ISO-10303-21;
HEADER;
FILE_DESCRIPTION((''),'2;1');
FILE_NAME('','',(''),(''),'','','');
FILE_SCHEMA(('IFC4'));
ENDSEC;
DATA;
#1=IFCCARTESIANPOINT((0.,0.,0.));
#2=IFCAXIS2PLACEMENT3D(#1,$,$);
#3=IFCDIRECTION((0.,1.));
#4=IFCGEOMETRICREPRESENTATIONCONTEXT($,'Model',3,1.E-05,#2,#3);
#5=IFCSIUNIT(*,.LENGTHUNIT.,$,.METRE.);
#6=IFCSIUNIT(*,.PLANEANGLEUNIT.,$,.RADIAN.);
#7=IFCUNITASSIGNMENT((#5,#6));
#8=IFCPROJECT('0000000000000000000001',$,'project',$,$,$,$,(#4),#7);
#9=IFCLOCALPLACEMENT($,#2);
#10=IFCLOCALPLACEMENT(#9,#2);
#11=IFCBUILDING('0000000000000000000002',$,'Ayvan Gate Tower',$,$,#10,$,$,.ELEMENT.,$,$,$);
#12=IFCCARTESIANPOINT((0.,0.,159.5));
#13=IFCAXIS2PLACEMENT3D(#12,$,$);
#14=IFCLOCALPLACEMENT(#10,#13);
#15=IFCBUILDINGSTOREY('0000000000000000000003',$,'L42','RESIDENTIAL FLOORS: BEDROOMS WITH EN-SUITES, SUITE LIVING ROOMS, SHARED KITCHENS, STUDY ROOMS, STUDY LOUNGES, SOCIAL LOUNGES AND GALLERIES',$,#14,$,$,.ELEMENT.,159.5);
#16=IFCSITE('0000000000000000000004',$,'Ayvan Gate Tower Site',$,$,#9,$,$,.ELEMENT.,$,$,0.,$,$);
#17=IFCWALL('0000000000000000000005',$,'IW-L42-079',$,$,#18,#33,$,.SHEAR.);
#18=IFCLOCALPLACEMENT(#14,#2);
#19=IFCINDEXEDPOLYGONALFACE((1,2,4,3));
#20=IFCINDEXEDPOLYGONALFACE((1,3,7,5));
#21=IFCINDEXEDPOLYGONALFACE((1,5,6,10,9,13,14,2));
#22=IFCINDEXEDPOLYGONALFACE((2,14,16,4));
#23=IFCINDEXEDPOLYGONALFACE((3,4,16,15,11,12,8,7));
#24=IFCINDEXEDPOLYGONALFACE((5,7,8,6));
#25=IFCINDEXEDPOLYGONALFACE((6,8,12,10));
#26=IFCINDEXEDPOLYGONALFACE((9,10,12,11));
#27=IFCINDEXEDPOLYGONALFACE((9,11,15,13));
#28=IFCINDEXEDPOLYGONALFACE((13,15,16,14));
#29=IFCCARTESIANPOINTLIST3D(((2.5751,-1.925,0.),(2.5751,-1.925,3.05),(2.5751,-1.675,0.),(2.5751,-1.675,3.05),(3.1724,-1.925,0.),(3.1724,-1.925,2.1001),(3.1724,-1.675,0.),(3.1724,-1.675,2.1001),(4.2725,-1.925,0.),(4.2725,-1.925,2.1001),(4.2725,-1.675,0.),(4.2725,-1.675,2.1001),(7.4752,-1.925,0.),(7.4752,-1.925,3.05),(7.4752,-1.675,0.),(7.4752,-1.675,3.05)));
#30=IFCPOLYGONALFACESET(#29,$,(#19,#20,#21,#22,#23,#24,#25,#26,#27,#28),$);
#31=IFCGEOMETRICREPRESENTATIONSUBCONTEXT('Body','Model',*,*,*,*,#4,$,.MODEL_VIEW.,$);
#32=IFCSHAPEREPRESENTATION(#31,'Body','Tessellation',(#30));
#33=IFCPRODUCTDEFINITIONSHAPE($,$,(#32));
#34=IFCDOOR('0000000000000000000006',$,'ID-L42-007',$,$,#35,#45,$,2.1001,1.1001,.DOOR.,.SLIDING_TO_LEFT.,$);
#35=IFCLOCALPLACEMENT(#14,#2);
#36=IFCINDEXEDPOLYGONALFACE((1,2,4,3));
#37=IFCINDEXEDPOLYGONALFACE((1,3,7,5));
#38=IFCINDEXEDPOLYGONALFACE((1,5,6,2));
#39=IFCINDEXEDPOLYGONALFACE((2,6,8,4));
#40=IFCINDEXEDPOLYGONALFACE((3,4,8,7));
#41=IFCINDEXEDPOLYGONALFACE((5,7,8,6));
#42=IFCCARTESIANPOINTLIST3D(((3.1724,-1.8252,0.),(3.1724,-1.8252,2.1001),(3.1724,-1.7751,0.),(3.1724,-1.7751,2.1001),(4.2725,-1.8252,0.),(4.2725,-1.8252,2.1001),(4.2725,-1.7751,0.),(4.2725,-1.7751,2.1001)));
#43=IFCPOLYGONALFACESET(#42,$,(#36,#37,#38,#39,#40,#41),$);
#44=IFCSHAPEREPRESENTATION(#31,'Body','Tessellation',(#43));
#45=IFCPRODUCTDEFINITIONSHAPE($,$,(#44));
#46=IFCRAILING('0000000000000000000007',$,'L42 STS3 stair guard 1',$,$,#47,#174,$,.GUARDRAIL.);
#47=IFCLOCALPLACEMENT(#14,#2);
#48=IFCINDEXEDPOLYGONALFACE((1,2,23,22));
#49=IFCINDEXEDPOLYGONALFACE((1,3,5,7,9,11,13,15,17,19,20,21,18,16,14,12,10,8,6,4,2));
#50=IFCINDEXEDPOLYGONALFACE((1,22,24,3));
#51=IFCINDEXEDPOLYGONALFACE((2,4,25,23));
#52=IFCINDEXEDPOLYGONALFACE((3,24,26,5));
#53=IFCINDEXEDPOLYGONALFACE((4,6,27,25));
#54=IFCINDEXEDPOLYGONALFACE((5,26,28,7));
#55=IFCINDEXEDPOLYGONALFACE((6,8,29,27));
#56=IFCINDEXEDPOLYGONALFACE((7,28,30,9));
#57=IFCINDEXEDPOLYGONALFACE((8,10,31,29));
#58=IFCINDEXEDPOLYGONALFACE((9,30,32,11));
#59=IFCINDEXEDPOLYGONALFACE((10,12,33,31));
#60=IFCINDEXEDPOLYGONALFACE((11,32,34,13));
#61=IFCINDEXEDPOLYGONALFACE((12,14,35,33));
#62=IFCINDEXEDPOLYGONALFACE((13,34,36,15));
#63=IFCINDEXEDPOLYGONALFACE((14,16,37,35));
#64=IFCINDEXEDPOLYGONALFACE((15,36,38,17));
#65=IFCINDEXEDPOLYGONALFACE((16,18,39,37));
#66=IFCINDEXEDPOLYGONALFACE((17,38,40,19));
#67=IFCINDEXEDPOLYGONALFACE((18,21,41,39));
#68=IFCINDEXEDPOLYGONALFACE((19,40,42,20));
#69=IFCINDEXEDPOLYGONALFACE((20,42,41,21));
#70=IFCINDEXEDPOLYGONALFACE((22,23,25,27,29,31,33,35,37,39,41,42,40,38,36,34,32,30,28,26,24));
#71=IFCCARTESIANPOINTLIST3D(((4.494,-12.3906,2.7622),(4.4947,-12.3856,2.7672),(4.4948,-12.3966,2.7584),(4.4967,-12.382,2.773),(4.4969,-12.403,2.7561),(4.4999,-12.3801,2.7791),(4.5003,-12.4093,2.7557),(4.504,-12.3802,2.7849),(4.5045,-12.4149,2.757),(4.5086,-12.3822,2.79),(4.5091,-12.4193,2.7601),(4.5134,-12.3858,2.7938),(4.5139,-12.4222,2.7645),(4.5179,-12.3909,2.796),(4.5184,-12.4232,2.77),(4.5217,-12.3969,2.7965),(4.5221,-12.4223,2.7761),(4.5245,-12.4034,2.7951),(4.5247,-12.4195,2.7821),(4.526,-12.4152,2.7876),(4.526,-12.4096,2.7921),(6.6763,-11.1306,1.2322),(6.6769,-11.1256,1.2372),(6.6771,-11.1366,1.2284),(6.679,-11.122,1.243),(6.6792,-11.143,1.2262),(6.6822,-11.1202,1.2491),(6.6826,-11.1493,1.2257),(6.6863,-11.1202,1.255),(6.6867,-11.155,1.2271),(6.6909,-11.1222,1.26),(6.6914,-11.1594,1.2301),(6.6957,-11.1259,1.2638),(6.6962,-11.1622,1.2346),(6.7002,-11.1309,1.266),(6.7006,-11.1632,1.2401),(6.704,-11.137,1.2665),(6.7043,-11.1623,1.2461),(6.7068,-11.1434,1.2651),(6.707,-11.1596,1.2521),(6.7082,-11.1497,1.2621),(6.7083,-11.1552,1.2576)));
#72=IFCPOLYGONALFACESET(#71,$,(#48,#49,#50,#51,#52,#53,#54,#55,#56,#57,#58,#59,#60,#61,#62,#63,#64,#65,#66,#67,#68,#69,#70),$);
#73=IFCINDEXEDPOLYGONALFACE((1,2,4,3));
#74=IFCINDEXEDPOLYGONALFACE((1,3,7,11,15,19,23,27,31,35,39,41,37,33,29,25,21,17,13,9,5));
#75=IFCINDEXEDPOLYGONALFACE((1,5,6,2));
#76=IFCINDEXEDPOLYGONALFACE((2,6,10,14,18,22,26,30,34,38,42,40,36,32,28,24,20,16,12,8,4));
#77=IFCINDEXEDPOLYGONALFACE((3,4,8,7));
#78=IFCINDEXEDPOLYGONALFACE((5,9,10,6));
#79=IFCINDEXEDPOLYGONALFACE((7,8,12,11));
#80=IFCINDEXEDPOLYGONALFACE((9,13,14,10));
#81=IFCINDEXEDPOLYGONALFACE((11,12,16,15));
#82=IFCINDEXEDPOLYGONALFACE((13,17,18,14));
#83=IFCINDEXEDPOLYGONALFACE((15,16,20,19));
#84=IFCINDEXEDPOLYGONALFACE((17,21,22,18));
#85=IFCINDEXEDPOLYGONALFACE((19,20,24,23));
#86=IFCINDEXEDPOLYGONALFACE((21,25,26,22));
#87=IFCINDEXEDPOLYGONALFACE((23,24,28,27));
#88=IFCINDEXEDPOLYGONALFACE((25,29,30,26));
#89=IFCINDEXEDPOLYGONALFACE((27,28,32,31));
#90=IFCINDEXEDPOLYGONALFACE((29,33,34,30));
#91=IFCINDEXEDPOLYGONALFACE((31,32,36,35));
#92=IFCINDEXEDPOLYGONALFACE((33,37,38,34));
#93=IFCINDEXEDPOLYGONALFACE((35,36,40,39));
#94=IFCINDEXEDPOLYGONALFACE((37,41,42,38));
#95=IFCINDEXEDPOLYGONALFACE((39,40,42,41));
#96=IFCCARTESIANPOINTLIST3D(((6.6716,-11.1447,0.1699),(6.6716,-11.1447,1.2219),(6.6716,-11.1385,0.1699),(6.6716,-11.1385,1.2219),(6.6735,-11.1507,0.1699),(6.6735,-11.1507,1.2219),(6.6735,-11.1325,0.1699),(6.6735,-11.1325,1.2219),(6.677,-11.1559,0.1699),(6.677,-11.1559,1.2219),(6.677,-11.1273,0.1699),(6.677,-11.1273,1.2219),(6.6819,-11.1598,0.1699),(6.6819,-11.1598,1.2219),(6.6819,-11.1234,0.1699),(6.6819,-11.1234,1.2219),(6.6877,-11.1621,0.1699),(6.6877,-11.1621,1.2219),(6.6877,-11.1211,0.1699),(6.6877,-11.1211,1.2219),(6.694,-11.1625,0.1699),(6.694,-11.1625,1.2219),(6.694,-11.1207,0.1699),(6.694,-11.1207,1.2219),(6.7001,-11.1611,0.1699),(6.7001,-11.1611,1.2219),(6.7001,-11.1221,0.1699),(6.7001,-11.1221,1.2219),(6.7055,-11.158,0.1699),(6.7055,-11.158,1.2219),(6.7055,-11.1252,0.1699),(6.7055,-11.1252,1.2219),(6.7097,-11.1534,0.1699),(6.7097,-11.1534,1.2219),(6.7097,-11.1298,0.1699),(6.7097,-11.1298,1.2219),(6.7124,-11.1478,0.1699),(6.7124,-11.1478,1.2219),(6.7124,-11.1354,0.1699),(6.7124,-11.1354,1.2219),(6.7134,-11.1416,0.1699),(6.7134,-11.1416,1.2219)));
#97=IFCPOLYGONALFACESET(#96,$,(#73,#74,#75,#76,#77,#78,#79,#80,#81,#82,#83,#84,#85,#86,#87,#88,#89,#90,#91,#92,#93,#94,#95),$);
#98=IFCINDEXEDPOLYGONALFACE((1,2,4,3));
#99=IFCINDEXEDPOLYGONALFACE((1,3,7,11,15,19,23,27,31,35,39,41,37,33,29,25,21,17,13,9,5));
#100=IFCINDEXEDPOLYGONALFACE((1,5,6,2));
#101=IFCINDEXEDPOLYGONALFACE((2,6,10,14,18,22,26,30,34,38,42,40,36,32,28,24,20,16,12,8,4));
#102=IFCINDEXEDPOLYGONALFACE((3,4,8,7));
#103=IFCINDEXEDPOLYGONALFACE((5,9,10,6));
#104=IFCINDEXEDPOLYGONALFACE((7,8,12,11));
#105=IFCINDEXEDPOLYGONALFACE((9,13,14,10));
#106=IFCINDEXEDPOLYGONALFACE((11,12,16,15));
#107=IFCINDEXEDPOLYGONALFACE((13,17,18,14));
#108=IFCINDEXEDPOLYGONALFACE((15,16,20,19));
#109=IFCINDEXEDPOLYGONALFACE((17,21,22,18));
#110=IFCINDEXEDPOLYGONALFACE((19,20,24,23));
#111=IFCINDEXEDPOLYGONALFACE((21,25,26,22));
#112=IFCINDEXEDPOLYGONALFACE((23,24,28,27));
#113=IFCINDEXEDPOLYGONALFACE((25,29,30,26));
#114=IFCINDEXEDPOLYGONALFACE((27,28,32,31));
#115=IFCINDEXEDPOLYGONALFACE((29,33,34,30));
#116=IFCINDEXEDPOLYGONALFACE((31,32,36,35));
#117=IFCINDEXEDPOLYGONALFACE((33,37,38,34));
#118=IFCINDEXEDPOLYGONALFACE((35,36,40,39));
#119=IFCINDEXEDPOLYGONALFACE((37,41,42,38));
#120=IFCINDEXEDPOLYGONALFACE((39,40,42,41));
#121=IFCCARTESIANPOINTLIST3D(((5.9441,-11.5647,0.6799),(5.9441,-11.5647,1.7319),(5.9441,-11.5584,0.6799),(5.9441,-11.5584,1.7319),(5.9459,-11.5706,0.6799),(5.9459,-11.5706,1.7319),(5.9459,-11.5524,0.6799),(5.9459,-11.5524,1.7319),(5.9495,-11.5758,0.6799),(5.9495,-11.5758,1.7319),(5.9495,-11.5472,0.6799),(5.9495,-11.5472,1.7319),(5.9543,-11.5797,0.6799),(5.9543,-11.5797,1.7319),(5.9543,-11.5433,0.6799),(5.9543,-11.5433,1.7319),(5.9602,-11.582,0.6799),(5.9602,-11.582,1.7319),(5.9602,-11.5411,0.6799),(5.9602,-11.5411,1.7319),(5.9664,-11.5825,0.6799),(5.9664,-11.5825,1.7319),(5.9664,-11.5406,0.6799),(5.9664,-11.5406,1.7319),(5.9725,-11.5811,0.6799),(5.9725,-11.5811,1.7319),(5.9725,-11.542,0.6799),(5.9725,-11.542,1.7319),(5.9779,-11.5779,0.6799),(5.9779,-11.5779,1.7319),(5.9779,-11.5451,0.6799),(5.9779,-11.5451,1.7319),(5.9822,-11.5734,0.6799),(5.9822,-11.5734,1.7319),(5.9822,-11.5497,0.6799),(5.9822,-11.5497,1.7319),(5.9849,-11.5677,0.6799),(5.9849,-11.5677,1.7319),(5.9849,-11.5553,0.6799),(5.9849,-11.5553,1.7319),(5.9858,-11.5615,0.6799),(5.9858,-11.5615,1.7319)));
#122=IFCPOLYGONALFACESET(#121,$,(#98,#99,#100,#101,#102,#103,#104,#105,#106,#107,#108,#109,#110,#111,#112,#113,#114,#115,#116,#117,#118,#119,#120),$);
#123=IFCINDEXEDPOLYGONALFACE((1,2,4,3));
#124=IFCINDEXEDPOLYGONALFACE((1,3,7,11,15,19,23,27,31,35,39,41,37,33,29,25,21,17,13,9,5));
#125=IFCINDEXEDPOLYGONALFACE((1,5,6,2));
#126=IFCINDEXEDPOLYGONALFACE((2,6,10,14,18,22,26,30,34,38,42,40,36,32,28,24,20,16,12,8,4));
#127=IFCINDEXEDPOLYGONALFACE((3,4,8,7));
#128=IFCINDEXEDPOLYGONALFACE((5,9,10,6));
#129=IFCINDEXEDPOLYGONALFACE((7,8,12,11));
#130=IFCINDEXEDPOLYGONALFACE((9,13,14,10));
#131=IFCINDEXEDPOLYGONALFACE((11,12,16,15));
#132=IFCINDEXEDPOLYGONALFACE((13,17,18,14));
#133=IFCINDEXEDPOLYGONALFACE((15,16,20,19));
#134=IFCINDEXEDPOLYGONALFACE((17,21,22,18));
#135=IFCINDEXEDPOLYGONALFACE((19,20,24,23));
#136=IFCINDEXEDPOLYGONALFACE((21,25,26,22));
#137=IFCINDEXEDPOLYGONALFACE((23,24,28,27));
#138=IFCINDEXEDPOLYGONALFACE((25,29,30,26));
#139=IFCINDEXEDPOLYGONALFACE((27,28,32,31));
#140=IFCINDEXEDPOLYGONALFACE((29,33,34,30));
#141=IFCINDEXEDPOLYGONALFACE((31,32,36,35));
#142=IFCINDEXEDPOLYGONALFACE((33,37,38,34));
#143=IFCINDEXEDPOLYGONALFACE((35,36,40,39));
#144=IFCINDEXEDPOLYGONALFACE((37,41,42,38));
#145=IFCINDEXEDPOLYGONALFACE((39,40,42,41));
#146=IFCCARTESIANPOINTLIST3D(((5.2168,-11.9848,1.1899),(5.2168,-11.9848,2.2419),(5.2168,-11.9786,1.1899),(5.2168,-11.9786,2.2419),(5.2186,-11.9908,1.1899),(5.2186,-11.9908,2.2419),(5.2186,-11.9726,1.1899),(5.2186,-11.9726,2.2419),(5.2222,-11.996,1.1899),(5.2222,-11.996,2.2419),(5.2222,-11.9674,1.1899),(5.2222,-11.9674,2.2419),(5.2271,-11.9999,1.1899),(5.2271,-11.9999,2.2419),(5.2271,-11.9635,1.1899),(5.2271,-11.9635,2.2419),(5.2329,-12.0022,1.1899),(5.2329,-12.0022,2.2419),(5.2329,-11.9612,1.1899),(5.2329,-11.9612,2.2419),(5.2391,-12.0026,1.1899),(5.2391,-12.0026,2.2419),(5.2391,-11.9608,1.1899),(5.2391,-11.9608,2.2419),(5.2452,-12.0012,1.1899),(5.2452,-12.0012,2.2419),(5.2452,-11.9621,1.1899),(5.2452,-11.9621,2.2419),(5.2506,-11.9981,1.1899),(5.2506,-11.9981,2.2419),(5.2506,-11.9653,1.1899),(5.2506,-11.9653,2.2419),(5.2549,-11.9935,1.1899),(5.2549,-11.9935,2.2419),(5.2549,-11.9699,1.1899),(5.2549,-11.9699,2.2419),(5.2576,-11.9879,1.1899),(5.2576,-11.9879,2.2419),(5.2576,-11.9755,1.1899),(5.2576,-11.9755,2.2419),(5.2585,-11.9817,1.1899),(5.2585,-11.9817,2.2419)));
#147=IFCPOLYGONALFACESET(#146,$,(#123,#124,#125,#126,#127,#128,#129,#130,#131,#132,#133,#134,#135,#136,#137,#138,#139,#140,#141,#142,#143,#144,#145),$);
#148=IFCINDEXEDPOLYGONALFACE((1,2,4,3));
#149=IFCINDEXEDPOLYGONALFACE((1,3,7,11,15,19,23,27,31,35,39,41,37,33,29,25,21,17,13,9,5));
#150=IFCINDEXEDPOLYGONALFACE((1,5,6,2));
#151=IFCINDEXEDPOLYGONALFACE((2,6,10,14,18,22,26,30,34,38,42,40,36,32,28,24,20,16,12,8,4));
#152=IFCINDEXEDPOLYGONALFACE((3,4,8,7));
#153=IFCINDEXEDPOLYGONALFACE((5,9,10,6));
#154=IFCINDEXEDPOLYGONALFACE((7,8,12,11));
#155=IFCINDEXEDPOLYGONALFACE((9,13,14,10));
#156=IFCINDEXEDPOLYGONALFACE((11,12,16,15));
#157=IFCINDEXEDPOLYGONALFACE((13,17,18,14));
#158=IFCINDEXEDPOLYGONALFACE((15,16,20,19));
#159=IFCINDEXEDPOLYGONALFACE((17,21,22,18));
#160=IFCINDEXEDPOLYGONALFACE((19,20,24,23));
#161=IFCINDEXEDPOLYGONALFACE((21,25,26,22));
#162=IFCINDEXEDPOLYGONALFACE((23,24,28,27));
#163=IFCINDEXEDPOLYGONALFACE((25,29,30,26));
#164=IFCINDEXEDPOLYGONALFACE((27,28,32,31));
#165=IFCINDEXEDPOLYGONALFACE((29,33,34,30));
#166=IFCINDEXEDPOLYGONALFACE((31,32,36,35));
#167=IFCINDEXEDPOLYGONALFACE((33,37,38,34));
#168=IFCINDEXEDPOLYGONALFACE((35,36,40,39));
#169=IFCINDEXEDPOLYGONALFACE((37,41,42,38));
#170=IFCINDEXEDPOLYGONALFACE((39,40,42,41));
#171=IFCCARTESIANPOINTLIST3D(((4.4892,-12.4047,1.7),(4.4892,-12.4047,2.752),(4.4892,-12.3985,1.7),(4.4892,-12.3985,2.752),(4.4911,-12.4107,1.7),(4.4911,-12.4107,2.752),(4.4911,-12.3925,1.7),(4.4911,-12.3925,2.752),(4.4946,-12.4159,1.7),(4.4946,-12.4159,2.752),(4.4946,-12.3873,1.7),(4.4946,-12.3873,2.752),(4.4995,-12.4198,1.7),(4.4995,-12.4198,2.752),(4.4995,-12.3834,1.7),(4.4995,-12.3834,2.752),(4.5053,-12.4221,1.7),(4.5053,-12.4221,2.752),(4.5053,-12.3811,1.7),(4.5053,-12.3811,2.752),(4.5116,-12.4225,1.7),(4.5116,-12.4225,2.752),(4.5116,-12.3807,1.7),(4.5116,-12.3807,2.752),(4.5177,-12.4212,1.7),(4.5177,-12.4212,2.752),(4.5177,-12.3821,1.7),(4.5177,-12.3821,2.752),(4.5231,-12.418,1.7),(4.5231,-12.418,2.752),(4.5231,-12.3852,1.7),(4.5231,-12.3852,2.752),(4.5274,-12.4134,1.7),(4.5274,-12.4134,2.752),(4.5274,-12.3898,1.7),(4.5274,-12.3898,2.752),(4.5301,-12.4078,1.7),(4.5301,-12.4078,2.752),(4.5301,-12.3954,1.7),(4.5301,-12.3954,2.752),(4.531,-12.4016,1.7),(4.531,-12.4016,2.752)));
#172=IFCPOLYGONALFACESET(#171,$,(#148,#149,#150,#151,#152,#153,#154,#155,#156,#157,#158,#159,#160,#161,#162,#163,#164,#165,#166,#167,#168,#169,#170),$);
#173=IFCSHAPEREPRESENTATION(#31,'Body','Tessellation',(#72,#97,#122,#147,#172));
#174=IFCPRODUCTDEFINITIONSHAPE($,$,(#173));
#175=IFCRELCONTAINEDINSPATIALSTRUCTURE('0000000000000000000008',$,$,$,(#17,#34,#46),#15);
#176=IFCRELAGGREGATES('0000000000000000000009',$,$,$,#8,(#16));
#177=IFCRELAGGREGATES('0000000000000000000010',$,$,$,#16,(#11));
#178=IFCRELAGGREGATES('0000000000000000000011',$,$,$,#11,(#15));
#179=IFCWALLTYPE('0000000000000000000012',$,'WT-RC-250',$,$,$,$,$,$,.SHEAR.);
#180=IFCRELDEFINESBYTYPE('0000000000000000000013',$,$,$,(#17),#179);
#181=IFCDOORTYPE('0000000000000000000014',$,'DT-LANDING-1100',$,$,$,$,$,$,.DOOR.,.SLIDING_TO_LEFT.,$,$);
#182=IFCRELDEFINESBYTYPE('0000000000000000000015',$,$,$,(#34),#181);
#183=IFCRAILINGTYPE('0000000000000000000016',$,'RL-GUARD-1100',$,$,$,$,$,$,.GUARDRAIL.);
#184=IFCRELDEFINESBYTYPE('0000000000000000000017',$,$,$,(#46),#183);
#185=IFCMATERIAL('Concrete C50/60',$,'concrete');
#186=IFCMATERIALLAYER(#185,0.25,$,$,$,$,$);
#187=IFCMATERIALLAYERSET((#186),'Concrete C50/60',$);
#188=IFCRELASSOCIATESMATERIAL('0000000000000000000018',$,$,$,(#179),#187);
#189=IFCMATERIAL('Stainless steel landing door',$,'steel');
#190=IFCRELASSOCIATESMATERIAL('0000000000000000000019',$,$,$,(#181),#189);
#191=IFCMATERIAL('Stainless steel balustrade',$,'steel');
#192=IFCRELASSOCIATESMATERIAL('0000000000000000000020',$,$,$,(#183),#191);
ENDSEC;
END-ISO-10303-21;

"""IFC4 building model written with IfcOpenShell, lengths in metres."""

from ifc_helpers import new_model, si_unit, direction, frame, frame_2d, origin, origin_2d, place, context, subcontext, project, spatial, rectangle, circle, extrude, material, layer, layer_set, type_object, element, fill, save


model = new_model("IFC4")

# Units and contexts
model_context = context("Model", 3, precision=1e-05, world=origin(), true_north=direction((0.0, 1.0)))
body_context = subcontext(model_context, "Body", "Model", "MODEL_VIEW")
ifc_project = project(units=[si_unit("LENGTHUNIT", "METRE"), si_unit("PLANEANGLEUNIT", "RADIAN")], contexts=[model_context])

# Site, building, storey
site_placement = place(None, origin())
site = spatial("IfcSite", under=ifc_project, at=site_placement, Name="Ayvan Gate Tower Site", CompositionType="ELEMENT", RefElevation=0.0)
building_placement = place(site_placement, origin())
building = spatial("IfcBuilding", under=site, at=building_placement, Name="Ayvan Gate Tower", CompositionType="ELEMENT")
storey_placement = place(building_placement, frame((0.0, 0.0, 159.5)))
storey = spatial("IfcBuildingStorey", under=building, at=storey_placement, Name="L42", Description="RESIDENTIAL FLOORS: BEDROOMS WITH EN-SUITES, SUITE LIVING ROOMS, SHARED KITCHENS, STUDY ROOMS, STUDY LOUNGES, SOCIAL LOUNGES AND GALLERIES", CompositionType="ELEMENT", Elevation=159.5)

# Shared definitions
ifc_material_1 = material(Name="Concrete C50/60", Category="concrete")
ifc_layer_1 = layer(ifc_material_1, 0.25)
ifc_layer_set_1 = layer_set([ifc_layer_1], Name="Concrete C50/60")
wall_type_1 = type_object("IfcWallType", Name="WT-RC-250", PredefinedType="SHEAR", material=ifc_layer_set_1)

# Wall, opening, door
wall_1_placement = place(storey_placement, frame((2.575, -1.8, 0.0), z_axis=(0.0, 0.0, 1.0), x_axis=(1.0, 0.0, 0.0)))
wall_1 = element("IfcWall", 1, at=wall_1_placement, inside=storey, type_object=wall_type_1, Name="IW-L42-079", PredefinedType="SHEAR", context=body_context, shape_type="SweptSolid", body=[
    extrude(rectangle(XDim=4.9001, YDim=0.25, at=frame_2d((2.4502, 0.0))), origin(), (0.0, 0.0, 1.0), 3.05),
])
opening_1_placement = place(wall_1_placement, frame((0.5974, 0.0, 0.0)))
opening_1 = element("IfcOpeningElement", 2, at=opening_1_placement, cuts=wall_1, PredefinedType="OPENING", context=body_context, shape_type="SweptSolid", body=[
    extrude(rectangle(XDim=1.1001, YDim=2.1001, at=frame_2d((0.55, 1.05))), frame((0.0, 0.135, 0.0), z_axis=(0.0, -1.0, 0.0), x_axis=(1.0, 0.0, 0.0)), (0.0, 0.0, 1.0), 0.27),
])
ifc_material_2 = material(Name="Stainless steel landing door", Category="steel")
door_type_1 = type_object("IfcDoorType", Name="DT-LANDING-1100", OperationType="SLIDING_TO_LEFT", PredefinedType="DOOR", material=ifc_material_2)
door_1_placement = place(opening_1_placement, origin())
door_1 = element("IfcDoor", 3, at=door_1_placement, inside=storey, type_object=door_type_1, Name="ID-L42-007", OperationType="SLIDING_TO_LEFT", OverallHeight=2.1001, OverallWidth=1.1001, PredefinedType="DOOR", context=body_context, shape_type="SweptSolid", body=[
    extrude(rectangle(XDim=1.1001, YDim=2.1001, at=frame_2d((0.55, 1.05))), frame((0.0, 0.0249, 0.0), z_axis=(0.0, -1.0, 0.0), x_axis=(1.0, 0.0, 0.0)), (0.0, 0.0, 1.0), 0.05),
])
fill(opening_1, door_1)

# Railing
ifc_material_3 = material(Name="Stainless steel balustrade", Category="steel")
railing_type_1 = type_object("IfcRailingType", Name="RL-GUARD-1100", PredefinedType="GUARDRAIL", material=ifc_material_3)
railing_1_placement = place(storey_placement, frame((6.6924, -11.1416, 0.1699)))
element("IfcRailing", 4, at=railing_1_placement, inside=storey, type_object=railing_type_1, Name="L42 STS3 stair guard 1", PredefinedType="GUARDRAIL", context=body_context, shape_type="SweptSolid", body=[
    extrude(circle(Radius=0.0239, at=origin_2d()), frame((0.0, 0.0, 1.0762), z_axis=(-0.740261, -0.427395, 0.518986), x_axis=(0.500005, -0.866023, 0.0)), (0.0, 0.0, 1.0), 2.948),
    extrude(circle(Radius=0.021, at=origin_2d()), origin(), (0.0, 0.0, 1.0), 1.052),
    extrude(circle(Radius=0.021, at=origin_2d()), frame((-0.7275, -0.4199, 0.51)), (0.0, 0.0, 1.0), 1.052),
    extrude(circle(Radius=0.021, at=origin_2d()), frame((-1.4548, -0.8401, 1.02)), (0.0, 0.0, 1.0), 1.052),
    extrude(circle(Radius=0.021, at=origin_2d()), frame((-2.1824, -1.26, 1.53)), (0.0, 0.0, 1.0), 1.052),
])

save(model, "model.ifc")
